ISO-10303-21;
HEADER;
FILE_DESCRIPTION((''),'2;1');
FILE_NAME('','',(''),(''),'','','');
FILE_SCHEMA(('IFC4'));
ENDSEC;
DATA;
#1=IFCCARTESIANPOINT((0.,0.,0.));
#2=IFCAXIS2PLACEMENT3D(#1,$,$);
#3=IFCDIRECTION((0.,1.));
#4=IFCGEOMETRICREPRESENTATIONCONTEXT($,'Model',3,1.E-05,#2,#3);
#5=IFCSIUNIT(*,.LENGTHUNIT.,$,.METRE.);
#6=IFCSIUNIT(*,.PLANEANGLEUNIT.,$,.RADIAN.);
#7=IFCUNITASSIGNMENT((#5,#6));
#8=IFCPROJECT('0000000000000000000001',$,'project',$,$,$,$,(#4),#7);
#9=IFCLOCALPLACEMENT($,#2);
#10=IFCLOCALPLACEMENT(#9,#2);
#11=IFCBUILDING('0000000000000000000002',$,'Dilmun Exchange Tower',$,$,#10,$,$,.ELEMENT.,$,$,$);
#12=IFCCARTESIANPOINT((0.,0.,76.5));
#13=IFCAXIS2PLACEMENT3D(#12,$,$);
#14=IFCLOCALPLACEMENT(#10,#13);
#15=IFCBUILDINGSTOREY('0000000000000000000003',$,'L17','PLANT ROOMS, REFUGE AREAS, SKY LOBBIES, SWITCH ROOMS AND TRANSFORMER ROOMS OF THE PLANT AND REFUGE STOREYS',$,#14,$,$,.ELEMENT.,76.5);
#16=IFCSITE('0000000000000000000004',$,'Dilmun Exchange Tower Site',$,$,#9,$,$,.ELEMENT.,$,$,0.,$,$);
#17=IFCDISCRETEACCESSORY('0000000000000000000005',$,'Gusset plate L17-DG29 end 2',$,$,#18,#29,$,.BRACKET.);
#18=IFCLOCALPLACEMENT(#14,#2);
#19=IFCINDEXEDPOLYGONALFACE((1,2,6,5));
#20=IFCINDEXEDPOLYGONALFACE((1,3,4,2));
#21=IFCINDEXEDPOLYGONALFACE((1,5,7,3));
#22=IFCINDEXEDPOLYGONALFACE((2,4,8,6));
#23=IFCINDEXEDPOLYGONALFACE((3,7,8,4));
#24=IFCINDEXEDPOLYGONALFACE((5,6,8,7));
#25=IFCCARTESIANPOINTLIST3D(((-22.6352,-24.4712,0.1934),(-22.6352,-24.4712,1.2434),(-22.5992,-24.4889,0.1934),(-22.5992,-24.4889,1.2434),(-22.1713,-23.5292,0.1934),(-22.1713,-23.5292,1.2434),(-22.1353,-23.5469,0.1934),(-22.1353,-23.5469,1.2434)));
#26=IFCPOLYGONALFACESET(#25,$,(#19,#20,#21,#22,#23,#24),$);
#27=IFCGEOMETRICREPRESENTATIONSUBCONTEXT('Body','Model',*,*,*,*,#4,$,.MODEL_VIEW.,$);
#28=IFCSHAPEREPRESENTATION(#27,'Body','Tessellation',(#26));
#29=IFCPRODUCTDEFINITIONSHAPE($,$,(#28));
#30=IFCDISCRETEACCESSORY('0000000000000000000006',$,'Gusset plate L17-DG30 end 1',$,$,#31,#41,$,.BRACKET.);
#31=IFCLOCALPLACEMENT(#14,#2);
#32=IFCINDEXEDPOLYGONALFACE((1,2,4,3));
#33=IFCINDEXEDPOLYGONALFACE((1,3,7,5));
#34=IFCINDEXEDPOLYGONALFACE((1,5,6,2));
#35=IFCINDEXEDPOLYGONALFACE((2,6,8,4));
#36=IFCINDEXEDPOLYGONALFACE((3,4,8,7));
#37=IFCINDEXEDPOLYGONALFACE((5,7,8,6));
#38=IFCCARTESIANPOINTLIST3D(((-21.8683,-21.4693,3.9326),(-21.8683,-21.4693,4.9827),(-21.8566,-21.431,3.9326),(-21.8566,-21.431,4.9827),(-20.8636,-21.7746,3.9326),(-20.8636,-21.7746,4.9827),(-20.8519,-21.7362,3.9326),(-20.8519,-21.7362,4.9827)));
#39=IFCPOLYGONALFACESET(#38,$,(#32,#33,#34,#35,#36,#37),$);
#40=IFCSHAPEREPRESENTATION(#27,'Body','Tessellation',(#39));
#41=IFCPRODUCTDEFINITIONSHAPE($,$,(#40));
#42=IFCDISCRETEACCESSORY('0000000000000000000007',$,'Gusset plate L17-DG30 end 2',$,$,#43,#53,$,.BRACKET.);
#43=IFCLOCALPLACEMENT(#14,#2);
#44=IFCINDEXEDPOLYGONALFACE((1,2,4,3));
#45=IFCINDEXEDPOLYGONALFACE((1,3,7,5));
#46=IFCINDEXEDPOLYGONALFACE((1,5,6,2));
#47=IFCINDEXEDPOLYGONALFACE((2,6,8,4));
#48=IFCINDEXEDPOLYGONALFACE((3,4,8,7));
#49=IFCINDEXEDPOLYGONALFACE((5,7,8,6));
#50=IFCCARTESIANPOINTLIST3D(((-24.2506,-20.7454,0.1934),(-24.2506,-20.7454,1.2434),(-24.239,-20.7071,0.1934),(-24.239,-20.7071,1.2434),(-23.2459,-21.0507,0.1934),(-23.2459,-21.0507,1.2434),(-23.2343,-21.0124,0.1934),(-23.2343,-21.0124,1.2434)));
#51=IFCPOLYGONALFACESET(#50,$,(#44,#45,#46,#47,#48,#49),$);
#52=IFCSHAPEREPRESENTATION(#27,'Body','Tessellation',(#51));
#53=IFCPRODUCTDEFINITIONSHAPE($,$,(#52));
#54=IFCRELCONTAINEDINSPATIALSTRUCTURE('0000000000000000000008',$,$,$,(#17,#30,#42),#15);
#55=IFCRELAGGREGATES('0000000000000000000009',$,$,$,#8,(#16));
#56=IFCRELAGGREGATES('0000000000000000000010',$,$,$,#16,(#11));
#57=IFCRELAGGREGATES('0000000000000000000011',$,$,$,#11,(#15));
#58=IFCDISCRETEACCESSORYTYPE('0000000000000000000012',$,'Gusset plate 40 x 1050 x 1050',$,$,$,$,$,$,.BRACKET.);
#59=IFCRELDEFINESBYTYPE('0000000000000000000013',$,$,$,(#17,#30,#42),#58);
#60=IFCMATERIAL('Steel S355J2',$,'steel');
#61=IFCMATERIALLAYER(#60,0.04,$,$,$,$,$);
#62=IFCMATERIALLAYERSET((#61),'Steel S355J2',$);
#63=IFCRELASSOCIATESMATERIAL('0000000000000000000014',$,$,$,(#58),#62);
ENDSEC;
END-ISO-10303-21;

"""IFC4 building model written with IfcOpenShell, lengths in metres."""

from ifc_helpers import new_model, si_unit, direction, frame, origin, origin_2d, place, context, subcontext, project, spatial, rectangle, extrude, material, layer, layer_set, type_object, element, save


model = new_model("IFC4")

# Units and contexts
model_context = context("Model", 3, precision=1e-05, world=origin(), true_north=direction((0.0, 1.0)))
body_context = subcontext(model_context, "Body", "Model", "MODEL_VIEW")
ifc_project = project(units=[si_unit("LENGTHUNIT", "METRE"), si_unit("PLANEANGLEUNIT", "RADIAN")], contexts=[model_context])

# Site, building, storey
site_placement = place(None, origin())
site = spatial("IfcSite", under=ifc_project, at=site_placement, Name="Dilmun Exchange Tower Site", CompositionType="ELEMENT", RefElevation=0.0)
building_placement = place(site_placement, origin())
building = spatial("IfcBuilding", under=site, at=building_placement, Name="Dilmun Exchange Tower", CompositionType="ELEMENT")
storey_placement = place(building_placement, frame((0.0, 0.0, 76.5)))
storey = spatial("IfcBuildingStorey", under=building, at=storey_placement, Name="L17", Description="PLANT ROOMS, REFUGE AREAS, SKY LOBBIES, SWITCH ROOMS AND TRANSFORMER ROOMS OF THE PLANT AND REFUGE STOREYS", CompositionType="ELEMENT", Elevation=76.5)

# Discrete accessories
ifc_material_1 = material(Name="Steel S355J2", Category="steel")
ifc_layer_1 = layer(ifc_material_1, 0.04)
ifc_layer_set_1 = layer_set([ifc_layer_1], Name="Steel S355J2")
discrete_accessory_type = type_object("IfcDiscreteAccessoryType", Name="Gusset plate 40 x 1050 x 1050", PredefinedType="BRACKET", material=ifc_layer_set_1)
for number, where, z_axis, x_axis, name in (
    (1, (-22.3853, -24.009, 0.1934), (0.0, 0.0, 1.0), (-0.441797, -0.897115, 0.0), "Gusset plate L17-DG29 end 2"),
    (2, (-21.3601, -21.6028, 3.9326), (0.0, 0.0, 1.0), (-0.956819, 0.290685, 0.0), "Gusset plate L17-DG30 end 1"),
    (3, (-23.7424, -20.8789, 0.1934), (0.0, 0.0, 1.0), (-0.956819, 0.290685, 0.0), "Gusset plate L17-DG30 end 2"),
):
    element("IfcDiscreteAccessory", number, at=place(storey_placement, frame(where, z_axis=z_axis, x_axis=x_axis)), inside=storey, type_object=discrete_accessory_type, Name=name, PredefinedType="BRACKET", context=body_context, shape_type="SweptSolid", body=[
        extrude(rectangle(XDim=1.05, YDim=0.04, at=origin_2d()), origin(), (0.0, 0.0, 1.0), 1.05),
    ])

save(model, "model.ifc")
